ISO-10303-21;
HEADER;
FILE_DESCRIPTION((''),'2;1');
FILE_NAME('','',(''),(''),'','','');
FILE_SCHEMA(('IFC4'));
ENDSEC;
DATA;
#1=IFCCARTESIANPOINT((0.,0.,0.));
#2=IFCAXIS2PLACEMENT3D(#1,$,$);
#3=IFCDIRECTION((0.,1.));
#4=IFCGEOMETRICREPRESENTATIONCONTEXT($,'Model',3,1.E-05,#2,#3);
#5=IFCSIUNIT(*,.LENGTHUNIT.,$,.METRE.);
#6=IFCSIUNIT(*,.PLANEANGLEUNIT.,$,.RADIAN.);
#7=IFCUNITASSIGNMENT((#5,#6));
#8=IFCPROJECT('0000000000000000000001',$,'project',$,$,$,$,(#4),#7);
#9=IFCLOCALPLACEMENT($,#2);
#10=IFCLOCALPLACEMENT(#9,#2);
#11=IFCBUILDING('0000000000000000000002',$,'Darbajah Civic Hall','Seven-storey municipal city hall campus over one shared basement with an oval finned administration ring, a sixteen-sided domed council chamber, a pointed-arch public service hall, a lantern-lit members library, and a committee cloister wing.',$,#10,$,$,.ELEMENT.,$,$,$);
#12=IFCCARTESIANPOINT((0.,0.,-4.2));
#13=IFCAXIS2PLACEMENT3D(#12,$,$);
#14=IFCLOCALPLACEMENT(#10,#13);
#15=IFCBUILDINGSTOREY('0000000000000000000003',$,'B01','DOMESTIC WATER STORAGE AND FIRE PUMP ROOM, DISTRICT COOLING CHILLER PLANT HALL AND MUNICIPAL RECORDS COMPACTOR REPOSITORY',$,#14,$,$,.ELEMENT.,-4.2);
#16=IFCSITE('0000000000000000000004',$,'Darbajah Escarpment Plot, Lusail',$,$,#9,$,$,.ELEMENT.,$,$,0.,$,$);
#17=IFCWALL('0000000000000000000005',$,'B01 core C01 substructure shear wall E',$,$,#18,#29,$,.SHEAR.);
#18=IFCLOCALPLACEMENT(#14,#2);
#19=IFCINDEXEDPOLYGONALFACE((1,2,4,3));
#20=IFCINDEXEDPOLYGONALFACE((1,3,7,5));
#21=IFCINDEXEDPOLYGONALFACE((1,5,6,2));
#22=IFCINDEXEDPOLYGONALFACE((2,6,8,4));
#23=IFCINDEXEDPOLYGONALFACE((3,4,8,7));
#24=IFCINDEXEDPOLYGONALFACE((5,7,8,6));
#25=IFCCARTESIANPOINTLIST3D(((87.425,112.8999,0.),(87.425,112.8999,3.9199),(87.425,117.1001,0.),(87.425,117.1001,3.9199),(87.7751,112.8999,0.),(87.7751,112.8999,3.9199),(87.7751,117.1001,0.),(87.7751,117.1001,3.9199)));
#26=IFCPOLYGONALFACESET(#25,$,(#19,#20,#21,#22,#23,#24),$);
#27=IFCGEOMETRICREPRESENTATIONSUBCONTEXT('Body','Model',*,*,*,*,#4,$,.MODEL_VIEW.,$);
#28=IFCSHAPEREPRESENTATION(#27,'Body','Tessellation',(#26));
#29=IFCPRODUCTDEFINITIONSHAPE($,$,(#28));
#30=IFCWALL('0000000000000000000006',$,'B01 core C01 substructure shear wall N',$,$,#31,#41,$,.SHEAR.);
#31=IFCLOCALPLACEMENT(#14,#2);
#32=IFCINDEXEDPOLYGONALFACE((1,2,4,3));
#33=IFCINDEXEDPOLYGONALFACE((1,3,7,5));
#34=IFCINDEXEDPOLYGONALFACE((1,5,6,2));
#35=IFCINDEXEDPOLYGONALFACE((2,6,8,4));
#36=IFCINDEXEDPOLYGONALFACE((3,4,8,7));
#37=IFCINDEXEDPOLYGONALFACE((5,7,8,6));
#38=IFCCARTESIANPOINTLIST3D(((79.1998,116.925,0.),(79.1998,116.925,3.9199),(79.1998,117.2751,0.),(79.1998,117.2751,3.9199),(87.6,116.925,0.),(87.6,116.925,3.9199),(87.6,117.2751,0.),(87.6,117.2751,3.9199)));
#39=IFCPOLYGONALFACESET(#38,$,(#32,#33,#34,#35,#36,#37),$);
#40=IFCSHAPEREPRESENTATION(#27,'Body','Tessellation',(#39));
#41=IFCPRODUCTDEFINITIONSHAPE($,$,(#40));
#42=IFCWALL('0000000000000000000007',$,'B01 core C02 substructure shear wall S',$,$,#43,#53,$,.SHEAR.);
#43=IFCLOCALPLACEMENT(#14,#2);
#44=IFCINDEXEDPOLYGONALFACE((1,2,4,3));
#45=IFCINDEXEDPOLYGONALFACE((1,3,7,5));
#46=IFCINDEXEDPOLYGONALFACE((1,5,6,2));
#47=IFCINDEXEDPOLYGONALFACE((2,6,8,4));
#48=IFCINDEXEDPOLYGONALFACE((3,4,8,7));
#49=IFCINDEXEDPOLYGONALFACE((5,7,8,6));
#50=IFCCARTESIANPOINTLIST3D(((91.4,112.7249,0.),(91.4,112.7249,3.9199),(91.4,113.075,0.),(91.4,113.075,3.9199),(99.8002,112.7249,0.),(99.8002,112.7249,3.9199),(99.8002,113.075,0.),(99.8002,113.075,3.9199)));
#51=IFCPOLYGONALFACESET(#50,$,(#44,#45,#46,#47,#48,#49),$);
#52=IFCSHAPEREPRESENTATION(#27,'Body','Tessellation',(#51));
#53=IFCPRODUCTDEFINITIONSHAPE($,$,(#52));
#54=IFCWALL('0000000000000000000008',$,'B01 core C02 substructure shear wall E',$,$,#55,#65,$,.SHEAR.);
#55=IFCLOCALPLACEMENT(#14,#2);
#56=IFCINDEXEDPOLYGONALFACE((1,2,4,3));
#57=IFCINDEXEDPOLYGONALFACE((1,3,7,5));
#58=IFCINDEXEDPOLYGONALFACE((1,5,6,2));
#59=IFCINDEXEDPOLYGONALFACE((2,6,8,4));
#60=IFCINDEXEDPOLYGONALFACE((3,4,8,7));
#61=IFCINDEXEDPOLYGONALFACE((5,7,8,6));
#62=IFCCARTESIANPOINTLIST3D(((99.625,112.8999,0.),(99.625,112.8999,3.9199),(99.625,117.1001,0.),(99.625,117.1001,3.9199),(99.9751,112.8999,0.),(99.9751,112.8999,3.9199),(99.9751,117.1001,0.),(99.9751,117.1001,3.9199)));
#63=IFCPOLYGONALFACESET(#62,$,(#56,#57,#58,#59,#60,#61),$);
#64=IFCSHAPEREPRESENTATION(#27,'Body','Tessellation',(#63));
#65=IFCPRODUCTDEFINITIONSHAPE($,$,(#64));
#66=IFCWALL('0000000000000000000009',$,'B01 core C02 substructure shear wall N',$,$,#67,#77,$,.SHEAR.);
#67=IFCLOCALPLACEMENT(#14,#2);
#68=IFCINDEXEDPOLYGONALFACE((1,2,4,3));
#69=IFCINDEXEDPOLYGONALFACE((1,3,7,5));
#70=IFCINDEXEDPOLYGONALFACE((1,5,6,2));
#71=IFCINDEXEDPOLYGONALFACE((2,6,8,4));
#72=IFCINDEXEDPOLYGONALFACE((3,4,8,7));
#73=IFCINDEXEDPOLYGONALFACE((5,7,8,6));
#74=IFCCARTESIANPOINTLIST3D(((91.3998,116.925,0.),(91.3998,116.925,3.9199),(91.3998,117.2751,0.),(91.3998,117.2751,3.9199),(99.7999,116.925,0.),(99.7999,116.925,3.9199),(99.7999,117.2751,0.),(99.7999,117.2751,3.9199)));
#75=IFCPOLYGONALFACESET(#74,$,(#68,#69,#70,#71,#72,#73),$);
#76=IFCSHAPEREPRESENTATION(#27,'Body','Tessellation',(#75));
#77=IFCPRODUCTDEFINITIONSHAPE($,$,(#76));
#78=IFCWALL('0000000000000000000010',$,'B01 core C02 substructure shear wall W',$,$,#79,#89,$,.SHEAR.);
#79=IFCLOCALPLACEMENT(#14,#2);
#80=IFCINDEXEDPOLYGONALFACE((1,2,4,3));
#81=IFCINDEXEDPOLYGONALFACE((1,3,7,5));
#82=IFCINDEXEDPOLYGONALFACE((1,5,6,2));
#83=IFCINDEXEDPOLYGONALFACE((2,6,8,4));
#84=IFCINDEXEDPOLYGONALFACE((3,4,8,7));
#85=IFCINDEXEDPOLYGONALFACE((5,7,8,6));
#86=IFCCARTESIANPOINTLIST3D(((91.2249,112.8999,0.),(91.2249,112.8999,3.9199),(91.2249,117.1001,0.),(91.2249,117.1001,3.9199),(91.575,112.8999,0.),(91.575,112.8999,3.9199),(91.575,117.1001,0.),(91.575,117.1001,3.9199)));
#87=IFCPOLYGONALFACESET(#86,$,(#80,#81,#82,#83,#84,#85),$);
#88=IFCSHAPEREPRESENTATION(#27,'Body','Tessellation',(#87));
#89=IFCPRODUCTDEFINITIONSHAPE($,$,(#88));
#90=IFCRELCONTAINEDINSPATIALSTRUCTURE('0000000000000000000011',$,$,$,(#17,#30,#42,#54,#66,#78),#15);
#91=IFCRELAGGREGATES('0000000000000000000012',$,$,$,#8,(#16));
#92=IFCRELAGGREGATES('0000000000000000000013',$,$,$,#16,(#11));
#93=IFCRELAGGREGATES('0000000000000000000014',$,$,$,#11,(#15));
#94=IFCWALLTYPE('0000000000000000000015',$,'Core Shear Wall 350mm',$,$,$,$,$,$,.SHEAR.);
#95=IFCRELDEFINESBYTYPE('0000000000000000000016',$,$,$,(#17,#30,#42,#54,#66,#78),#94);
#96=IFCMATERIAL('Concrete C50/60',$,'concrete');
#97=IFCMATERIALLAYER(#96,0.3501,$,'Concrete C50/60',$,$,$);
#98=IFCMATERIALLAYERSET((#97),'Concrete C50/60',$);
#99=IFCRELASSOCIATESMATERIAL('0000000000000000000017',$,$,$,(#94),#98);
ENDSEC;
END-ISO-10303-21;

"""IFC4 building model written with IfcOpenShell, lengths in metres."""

from ifc_helpers import new_model, si_unit, direction, frame, frame_2d, origin, place, context, subcontext, project, spatial, rectangle, extrude, material, layer, layer_set, type_object, element, save


model = new_model("IFC4")

# Units and contexts
model_context = context("Model", 3, precision=1e-05, world=origin(), true_north=direction((0.0, 1.0)))
body_context = subcontext(model_context, "Body", "Model", "MODEL_VIEW")
ifc_project = project(units=[si_unit("LENGTHUNIT", "METRE"), si_unit("PLANEANGLEUNIT", "RADIAN")], contexts=[model_context])

# Site, building, storey
site_placement = place(None, origin())
site = spatial("IfcSite", under=ifc_project, at=site_placement, Name="Darbajah Escarpment Plot, Lusail", CompositionType="ELEMENT", RefElevation=0.0)
building_placement = place(site_placement, origin())
building = spatial("IfcBuilding", under=site, at=building_placement, Name="Darbajah Civic Hall", Description="Seven-storey municipal city hall campus over one shared basement with an oval finned administration ring, a sixteen-sided domed council chamber, a pointed-arch public service hall, a lantern-lit members library, and a committee cloister wing.", CompositionType="ELEMENT")
storey_placement = place(building_placement, frame((0.0, 0.0, -4.2)))
storey = spatial("IfcBuildingStorey", under=building, at=storey_placement, Name="B01", Description="DOMESTIC WATER STORAGE AND FIRE PUMP ROOM, DISTRICT COOLING CHILLER PLANT HALL AND MUNICIPAL RECORDS COMPACTOR REPOSITORY", CompositionType="ELEMENT", Elevation=-4.2)

# Shared definitions
ifc_material_1 = material(Name="Concrete C50/60", Category="concrete")

# Walls
ifc_layer = layer(ifc_material_1, 0.3501, Name="Concrete C50/60")
ifc_layer_set = layer_set([ifc_layer], Name="Concrete C50/60")
wall_type = type_object("IfcWallType", Name="Core Shear Wall 350mm", PredefinedType="SHEAR", material=ifc_layer_set)
wall_1_placement = place(storey_placement, frame((87.6001, 112.8999, 0.0), z_axis=(0.0, 0.0, 1.0), x_axis=(0.0, 1.0, 0.0)))
element("IfcWall", 1, at=wall_1_placement, inside=storey, type_object=wall_type, Name="B01 core C01 substructure shear wall E", PredefinedType="SHEAR", context=body_context, shape_type="SweptSolid", body=[
    extrude(rectangle(XDim=4.2002, YDim=0.3501, at=frame_2d((2.1001, 0.0))), origin(), (0.0, 0.0, 1.0), 3.9199),
])
for number, where, z_axis, x_axis, name in (
    (2, (87.6001, 117.1001, 0.0), (0.0, 0.0, 1.0), (-1.0, 0.0, 0.0), "B01 core C01 substructure shear wall N"),
    (3, (91.3999, 112.8999, 0.0), (0.0, 0.0, 1.0), (1.0, 0.0, 0.0), "B01 core C02 substructure shear wall S"),
):
    element("IfcWall", number, at=place(storey_placement, frame(where, z_axis=z_axis, x_axis=x_axis)), inside=storey, type_object=wall_type, Name=name, PredefinedType="SHEAR", context=body_context, shape_type="SweptSolid", body=[
        extrude(rectangle(XDim=8.4001, YDim=0.3501, at=frame_2d((4.2002, 0.0))), origin(), (0.0, 0.0, 1.0), 3.9199),
    ])
wall_2_placement = place(storey_placement, frame((99.8, 112.8999, 0.0), z_axis=(0.0, 0.0, 1.0), x_axis=(0.0, 1.0, 0.0)))
element("IfcWall", 4, at=wall_2_placement, inside=storey, type_object=wall_type, Name="B01 core C02 substructure shear wall E", PredefinedType="SHEAR", context=body_context, shape_type="SweptSolid", body=[
    extrude(rectangle(XDim=4.2002, YDim=0.3501, at=frame_2d((2.1001, 0.0))), origin(), (0.0, 0.0, 1.0), 3.9199),
])
wall_3_placement = place(storey_placement, frame((99.8, 117.1001, 0.0), z_axis=(0.0, 0.0, 1.0), x_axis=(-1.0, 0.0, 0.0)))
element("IfcWall", 5, at=wall_3_placement, inside=storey, type_object=wall_type, Name="B01 core C02 substructure shear wall N", PredefinedType="SHEAR", context=body_context, shape_type="SweptSolid", body=[
    extrude(rectangle(XDim=8.4001, YDim=0.3501, at=frame_2d((4.2002, 0.0))), origin(), (0.0, 0.0, 1.0), 3.9199),
])
wall_4_placement = place(storey_placement, frame((91.3999, 117.1001, 0.0), z_axis=(0.0, 0.0, 1.0), x_axis=(0.0, -1.0, 0.0)))
element("IfcWall", 6, at=wall_4_placement, inside=storey, type_object=wall_type, Name="B01 core C02 substructure shear wall W", PredefinedType="SHEAR", context=body_context, shape_type="SweptSolid", body=[
    extrude(rectangle(XDim=4.2002, YDim=0.3501, at=frame_2d((2.1001, 0.0))), origin(), (0.0, 0.0, 1.0), 3.9199),
])

save(model, "model.ifc")
